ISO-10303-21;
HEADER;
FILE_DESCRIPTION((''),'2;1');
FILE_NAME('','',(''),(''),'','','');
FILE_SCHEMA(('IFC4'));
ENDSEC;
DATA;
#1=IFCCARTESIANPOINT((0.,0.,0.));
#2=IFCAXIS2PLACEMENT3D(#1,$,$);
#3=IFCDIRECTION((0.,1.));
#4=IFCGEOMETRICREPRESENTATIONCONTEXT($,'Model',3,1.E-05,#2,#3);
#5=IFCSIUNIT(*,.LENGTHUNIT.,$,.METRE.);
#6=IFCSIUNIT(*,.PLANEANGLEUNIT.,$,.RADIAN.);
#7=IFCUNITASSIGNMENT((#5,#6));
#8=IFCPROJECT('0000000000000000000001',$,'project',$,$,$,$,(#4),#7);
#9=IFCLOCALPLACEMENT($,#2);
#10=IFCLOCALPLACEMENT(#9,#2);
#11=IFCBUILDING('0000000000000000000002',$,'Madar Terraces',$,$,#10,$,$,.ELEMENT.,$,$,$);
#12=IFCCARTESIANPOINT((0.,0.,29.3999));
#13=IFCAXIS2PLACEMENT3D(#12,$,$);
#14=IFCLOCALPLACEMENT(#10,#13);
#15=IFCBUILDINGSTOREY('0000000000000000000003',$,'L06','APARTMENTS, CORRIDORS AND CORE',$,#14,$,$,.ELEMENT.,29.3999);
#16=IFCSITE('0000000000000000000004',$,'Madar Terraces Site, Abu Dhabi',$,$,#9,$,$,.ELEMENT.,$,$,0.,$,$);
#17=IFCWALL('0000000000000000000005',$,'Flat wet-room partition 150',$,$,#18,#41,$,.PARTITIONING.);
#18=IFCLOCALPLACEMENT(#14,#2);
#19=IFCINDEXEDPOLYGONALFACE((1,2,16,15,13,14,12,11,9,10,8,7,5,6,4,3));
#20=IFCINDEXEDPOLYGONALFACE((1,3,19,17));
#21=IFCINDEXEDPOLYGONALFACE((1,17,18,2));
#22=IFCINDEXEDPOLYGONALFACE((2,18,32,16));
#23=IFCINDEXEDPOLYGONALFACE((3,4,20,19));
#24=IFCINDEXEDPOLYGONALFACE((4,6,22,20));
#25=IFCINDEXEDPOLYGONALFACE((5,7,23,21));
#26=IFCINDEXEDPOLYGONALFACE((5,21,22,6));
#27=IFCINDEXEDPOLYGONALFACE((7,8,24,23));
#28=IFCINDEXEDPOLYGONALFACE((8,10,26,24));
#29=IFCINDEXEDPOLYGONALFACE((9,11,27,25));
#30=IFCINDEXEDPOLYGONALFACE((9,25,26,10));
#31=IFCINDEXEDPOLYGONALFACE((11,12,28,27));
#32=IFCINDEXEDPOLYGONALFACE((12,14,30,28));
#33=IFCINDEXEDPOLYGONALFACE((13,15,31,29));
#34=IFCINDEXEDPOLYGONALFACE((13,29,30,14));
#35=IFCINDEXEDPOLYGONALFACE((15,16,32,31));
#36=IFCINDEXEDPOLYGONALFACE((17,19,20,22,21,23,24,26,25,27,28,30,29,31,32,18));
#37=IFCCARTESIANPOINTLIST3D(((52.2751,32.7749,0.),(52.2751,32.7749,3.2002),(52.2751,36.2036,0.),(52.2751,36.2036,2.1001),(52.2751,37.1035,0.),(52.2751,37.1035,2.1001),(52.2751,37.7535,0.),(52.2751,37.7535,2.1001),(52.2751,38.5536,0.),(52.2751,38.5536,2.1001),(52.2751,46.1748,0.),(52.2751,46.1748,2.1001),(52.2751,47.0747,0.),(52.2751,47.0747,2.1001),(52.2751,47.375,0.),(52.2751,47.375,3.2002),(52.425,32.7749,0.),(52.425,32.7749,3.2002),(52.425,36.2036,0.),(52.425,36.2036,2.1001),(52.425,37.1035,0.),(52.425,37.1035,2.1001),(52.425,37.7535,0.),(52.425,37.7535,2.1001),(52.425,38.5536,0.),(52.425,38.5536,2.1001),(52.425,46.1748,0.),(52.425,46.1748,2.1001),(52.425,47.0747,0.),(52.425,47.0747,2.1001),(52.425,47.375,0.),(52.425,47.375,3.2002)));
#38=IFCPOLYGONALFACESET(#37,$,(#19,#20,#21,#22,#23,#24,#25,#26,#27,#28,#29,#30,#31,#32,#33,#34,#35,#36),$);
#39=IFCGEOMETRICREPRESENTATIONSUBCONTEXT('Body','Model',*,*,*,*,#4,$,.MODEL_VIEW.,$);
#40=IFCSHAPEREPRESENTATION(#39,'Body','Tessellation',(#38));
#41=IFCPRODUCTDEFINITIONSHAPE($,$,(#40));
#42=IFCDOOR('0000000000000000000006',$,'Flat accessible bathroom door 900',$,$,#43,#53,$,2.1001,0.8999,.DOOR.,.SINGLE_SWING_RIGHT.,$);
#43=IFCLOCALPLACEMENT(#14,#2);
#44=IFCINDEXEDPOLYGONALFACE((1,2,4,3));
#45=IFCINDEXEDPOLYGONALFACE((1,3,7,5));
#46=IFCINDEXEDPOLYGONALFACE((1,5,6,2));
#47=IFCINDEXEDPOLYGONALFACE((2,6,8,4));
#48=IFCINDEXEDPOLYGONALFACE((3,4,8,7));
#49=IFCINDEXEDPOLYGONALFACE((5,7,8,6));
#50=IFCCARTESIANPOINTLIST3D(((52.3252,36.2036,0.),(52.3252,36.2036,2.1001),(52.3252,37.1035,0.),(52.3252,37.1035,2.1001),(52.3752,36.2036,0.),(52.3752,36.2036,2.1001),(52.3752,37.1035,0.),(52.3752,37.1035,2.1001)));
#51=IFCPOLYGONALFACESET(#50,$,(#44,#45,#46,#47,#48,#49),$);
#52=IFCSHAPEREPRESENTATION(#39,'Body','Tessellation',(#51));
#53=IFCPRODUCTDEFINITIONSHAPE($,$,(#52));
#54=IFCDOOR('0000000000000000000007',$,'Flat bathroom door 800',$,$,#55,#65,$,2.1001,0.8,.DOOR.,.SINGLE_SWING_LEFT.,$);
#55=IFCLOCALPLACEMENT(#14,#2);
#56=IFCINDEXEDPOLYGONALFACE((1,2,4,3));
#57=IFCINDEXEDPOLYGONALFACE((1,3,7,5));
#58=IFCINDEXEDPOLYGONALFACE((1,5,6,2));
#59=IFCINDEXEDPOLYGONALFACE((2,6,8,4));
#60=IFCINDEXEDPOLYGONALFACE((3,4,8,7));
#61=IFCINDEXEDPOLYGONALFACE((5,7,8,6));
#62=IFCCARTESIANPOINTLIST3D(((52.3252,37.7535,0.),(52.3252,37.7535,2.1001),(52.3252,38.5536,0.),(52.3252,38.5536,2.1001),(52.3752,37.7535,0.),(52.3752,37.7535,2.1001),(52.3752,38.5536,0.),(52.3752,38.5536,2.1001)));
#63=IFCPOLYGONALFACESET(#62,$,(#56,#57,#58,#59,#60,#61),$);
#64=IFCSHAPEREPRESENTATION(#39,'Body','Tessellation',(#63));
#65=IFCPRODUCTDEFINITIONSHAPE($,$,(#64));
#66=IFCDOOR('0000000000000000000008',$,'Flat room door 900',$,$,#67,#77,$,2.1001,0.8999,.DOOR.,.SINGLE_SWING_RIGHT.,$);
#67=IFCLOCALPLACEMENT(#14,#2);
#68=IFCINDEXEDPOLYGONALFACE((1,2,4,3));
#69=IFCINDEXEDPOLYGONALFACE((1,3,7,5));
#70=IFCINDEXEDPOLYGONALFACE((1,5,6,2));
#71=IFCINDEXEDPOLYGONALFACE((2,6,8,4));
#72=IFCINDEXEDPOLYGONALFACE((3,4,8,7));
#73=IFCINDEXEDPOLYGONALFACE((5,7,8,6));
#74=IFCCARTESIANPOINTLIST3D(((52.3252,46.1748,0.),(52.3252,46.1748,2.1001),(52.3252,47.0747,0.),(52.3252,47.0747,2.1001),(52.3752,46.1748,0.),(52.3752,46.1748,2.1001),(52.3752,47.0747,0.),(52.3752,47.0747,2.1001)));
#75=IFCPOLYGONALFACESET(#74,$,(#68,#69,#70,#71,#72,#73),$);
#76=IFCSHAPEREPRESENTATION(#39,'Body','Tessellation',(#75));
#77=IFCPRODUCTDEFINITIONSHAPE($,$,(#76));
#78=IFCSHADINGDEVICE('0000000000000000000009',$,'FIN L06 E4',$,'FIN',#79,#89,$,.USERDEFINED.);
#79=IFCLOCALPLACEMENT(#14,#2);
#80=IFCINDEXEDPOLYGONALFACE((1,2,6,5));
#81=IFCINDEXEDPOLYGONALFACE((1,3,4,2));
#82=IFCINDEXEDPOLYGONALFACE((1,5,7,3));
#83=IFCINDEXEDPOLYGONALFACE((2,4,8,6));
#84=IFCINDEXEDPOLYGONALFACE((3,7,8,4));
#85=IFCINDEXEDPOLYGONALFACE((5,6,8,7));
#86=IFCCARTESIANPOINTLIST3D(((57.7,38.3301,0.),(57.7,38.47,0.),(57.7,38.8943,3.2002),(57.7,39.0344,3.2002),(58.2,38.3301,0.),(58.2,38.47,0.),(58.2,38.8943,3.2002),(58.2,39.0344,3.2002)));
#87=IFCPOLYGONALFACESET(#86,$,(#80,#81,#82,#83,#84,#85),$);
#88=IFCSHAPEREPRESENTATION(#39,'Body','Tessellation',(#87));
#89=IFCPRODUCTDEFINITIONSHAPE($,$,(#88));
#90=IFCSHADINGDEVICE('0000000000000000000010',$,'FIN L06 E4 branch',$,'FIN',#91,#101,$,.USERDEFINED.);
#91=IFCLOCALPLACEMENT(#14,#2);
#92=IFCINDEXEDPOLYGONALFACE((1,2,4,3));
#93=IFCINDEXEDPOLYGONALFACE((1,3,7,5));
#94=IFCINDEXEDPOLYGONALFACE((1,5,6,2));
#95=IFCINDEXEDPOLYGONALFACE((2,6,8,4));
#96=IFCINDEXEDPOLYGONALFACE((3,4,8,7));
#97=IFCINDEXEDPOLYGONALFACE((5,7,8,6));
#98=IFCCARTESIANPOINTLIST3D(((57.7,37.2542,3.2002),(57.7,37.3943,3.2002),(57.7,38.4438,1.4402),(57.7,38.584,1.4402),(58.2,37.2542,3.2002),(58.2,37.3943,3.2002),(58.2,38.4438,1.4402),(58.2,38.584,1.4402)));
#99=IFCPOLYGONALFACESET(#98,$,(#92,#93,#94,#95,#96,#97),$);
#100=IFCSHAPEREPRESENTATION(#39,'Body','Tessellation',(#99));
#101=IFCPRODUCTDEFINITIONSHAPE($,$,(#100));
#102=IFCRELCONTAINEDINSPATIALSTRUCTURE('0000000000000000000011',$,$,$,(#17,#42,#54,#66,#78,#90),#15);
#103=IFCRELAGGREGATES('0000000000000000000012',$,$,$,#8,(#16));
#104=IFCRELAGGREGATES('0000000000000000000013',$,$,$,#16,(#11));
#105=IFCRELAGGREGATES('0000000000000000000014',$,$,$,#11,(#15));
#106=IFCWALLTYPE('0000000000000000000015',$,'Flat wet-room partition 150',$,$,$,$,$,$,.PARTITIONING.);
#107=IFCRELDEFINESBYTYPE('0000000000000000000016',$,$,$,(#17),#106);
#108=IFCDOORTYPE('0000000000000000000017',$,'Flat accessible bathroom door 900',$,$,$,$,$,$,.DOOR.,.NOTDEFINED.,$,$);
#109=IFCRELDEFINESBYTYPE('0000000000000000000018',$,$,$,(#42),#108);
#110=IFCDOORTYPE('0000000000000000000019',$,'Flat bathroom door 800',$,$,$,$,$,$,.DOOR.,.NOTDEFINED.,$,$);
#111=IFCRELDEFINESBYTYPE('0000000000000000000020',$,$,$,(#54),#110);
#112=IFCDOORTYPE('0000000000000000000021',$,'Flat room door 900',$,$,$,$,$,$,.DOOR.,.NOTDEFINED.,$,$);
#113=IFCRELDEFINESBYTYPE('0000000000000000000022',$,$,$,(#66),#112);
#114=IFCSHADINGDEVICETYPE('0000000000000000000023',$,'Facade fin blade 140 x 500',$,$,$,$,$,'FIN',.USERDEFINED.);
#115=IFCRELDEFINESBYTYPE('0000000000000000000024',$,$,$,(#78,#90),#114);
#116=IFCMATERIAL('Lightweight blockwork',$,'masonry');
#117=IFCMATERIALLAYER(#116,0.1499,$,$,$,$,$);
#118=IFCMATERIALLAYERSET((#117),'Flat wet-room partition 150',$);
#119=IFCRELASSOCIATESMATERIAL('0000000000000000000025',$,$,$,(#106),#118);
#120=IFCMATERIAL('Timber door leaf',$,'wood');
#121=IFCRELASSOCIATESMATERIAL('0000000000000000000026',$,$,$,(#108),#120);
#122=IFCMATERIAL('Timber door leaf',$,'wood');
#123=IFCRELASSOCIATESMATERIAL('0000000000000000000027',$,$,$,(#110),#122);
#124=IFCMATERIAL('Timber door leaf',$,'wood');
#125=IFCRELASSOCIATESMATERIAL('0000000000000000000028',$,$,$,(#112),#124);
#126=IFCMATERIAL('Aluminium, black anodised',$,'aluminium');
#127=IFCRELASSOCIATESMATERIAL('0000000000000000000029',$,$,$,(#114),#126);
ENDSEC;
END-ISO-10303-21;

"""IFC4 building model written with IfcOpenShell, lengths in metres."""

from ifc_helpers import new_model, si_unit, direction, frame, frame_2d, origin, place, context, subcontext, project, spatial, polyline, rectangle, outline, extrude, material, layer, layer_set, type_object, element, fill, save


model = new_model("IFC4")

# Units and contexts
model_context = context("Model", 3, precision=1e-05, world=origin(), true_north=direction((0.0, 1.0)))
body_context = subcontext(model_context, "Body", "Model", "MODEL_VIEW")
ifc_project = project(units=[si_unit("LENGTHUNIT", "METRE"), si_unit("PLANEANGLEUNIT", "RADIAN")], contexts=[model_context])

# Site, building, storey
site_placement = place(None, origin())
site = spatial("IfcSite", under=ifc_project, at=site_placement, Name="Madar Terraces Site, Abu Dhabi", CompositionType="ELEMENT", RefElevation=0.0)
building_placement = place(site_placement, origin())
building = spatial("IfcBuilding", under=site, at=building_placement, Name="Madar Terraces", CompositionType="ELEMENT")
storey_placement = place(building_placement, frame((0.0, 0.0, 29.3999)))
storey = spatial("IfcBuildingStorey", under=building, at=storey_placement, Name="L06", Description="APARTMENTS, CORRIDORS AND CORE", CompositionType="ELEMENT", Elevation=29.3999)

# Shared definitions
ifc_material_1 = material(Name="Lightweight blockwork", Category="masonry")
ifc_layer_1 = layer(ifc_material_1, 0.1499)
ifc_layer_set_1 = layer_set([ifc_layer_1], Name="Flat wet-room partition 150")
wall_type_1 = type_object("IfcWallType", Name="Flat wet-room partition 150", PredefinedType="PARTITIONING", material=ifc_layer_set_1)

# Wall, openings, doors
wall_1_placement = place(storey_placement, frame((52.3501, 32.7749, 0.0), z_axis=(0.0, 0.0, 1.0), x_axis=(0.0, 1.0, 0.0)))
wall_1 = element("IfcWall", 1, at=wall_1_placement, inside=storey, type_object=wall_type_1, Name="Flat wet-room partition 150", PredefinedType="PARTITIONING", context=body_context, shape_type="SweptSolid", body=[
    extrude(rectangle(XDim=14.6001, YDim=0.1499, at=frame_2d((7.3, 0.0))), origin(), (0.0, 0.0, 1.0), 3.2002),
])
opening_1_placement = place(wall_1_placement, frame((3.4287, 0.0, 0.0)))
opening_1 = element("IfcOpeningElement", 2, at=opening_1_placement, cuts=wall_1, PredefinedType="OPENING", context=body_context, shape_type="SweptSolid", body=[
    extrude(rectangle(XDim=0.8999, YDim=2.1001, at=frame_2d((0.45, 1.05))), frame((0.0, 0.085, 0.0), z_axis=(0.0, -1.0, 0.0), x_axis=(1.0, 0.0, 0.0)), (0.0, 0.0, 1.0), 0.1699),
])
opening_2_placement = place(wall_1_placement, frame((4.9788, 0.0, 0.0)))
opening_2 = element("IfcOpeningElement", 3, at=opening_2_placement, cuts=wall_1, PredefinedType="OPENING", context=body_context, shape_type="SweptSolid", body=[
    extrude(rectangle(XDim=0.8, YDim=2.1001, at=frame_2d((0.3999, 1.05))), frame((0.0, 0.085, 0.0), z_axis=(0.0, -1.0, 0.0), x_axis=(1.0, 0.0, 0.0)), (0.0, 0.0, 1.0), 0.1699),
])
opening_3_placement = place(wall_1_placement, frame((13.3999, 0.0, 0.0)))
opening_3 = element("IfcOpeningElement", 4, at=opening_3_placement, cuts=wall_1, PredefinedType="OPENING", context=body_context, shape_type="SweptSolid", body=[
    extrude(rectangle(XDim=0.8999, YDim=2.1001, at=frame_2d((0.45, 1.05))), frame((0.0, 0.085, 0.0), z_axis=(0.0, -1.0, 0.0), x_axis=(1.0, 0.0, 0.0)), (0.0, 0.0, 1.0), 0.1699),
])
ifc_material_2 = material(Name="Timber door leaf", Category="wood")
door_type_1 = type_object("IfcDoorType", Name="Flat accessible bathroom door 900", OperationType="NOTDEFINED", PredefinedType="DOOR", material=ifc_material_2)
door_1_placement = place(opening_1_placement, origin())
door_1 = element("IfcDoor", 5, at=door_1_placement, inside=storey, type_object=door_type_1, Name="Flat accessible bathroom door 900", OperationType="SINGLE_SWING_RIGHT", OverallHeight=2.1001, OverallWidth=0.8999, PredefinedType="DOOR", context=body_context, shape_type="SweptSolid", body=[
    extrude(rectangle(XDim=0.8999, YDim=2.1001, at=frame_2d((0.45, 1.05))), frame((0.0, 0.0249, 0.0), z_axis=(0.0, -1.0, 0.0), x_axis=(1.0, 0.0, 0.0)), (0.0, 0.0, 1.0), 0.05),
])
fill(opening_1, door_1)
ifc_material_3 = material(Name="Timber door leaf", Category="wood")
door_type_2 = type_object("IfcDoorType", Name="Flat bathroom door 800", OperationType="NOTDEFINED", PredefinedType="DOOR", material=ifc_material_3)
door_2_placement = place(opening_2_placement, origin())
door_2 = element("IfcDoor", 6, at=door_2_placement, inside=storey, type_object=door_type_2, Name="Flat bathroom door 800", OperationType="SINGLE_SWING_LEFT", OverallHeight=2.1001, OverallWidth=0.8, PredefinedType="DOOR", context=body_context, shape_type="SweptSolid", body=[
    extrude(rectangle(XDim=0.8, YDim=2.1001, at=frame_2d((0.3999, 1.05))), frame((0.0, 0.0249, 0.0), z_axis=(0.0, -1.0, 0.0), x_axis=(1.0, 0.0, 0.0)), (0.0, 0.0, 1.0), 0.05),
])
fill(opening_2, door_2)
ifc_material_4 = material(Name="Timber door leaf", Category="wood")
door_type_3 = type_object("IfcDoorType", Name="Flat room door 900", OperationType="NOTDEFINED", PredefinedType="DOOR", material=ifc_material_4)
door_3_placement = place(opening_3_placement, origin())
door_3 = element("IfcDoor", 7, at=door_3_placement, inside=storey, type_object=door_type_3, Name="Flat room door 900", OperationType="SINGLE_SWING_RIGHT", OverallHeight=2.1001, OverallWidth=0.8999, PredefinedType="DOOR", context=body_context, shape_type="SweptSolid", body=[
    extrude(rectangle(XDim=0.8999, YDim=2.1001, at=frame_2d((0.45, 1.05))), frame((0.0, 0.0249, 0.0), z_axis=(0.0, -1.0, 0.0), x_axis=(1.0, 0.0, 0.0)), (0.0, 0.0, 1.0), 0.05),
])
fill(opening_3, door_3)

# Shading devices
ifc_material_5 = material(Name="Aluminium, black anodised", Category="aluminium")
shading_device_type = type_object("IfcShadingDeviceType", Name="Facade fin blade 140 x 500", ElementType="FIN", PredefinedType="USERDEFINED", material=ifc_material_5)
shading_device_1_placement = place(storey_placement, frame((57.95, 38.3301, 0.0), z_axis=(0.0, 0.0, 1.0), x_axis=(0.0, 1.0, 0.0)))
element("IfcShadingDevice", 8, at=shading_device_1_placement, inside=storey, type_object=shading_device_type, Name="FIN L06 E4", ObjectType="FIN", PredefinedType="USERDEFINED", context=body_context, shape_type="SweptSolid", body=[
    extrude(outline(polyline([(0.0, 0.0), (0.1399, 0.0), (0.7043, 3.2002), (0.5642, 3.2002), (0.0, 0.0)])), frame((0.0, 0.25, 0.0), z_axis=(0.0, -1.0, 0.0), x_axis=(1.0, 0.0, 0.0)), (0.0, 0.0, 1.0), 0.5),
])
shading_device_2_placement = place(storey_placement, frame((57.95, 38.4438, 1.4402), z_axis=(0.0, 0.0, 1.0), x_axis=(0.0, 1.0, 0.0)))
element("IfcShadingDevice", 9, at=shading_device_2_placement, inside=storey, type_object=shading_device_type, Name="FIN L06 E4 branch", ObjectType="FIN", PredefinedType="USERDEFINED", context=body_context, shape_type="SweptSolid", body=[
    extrude(outline(polyline([(0.0, 0.0), (0.1401, 0.0), (-1.0496, 1.76), (-1.1897, 1.76), (0.0, 0.0)])), frame((0.0, 0.25, 0.0), z_axis=(0.0, -1.0, 0.0), x_axis=(1.0, 0.0, 0.0)), (0.0, 0.0, 1.0), 0.5),
])

save(model, "model.ifc")
